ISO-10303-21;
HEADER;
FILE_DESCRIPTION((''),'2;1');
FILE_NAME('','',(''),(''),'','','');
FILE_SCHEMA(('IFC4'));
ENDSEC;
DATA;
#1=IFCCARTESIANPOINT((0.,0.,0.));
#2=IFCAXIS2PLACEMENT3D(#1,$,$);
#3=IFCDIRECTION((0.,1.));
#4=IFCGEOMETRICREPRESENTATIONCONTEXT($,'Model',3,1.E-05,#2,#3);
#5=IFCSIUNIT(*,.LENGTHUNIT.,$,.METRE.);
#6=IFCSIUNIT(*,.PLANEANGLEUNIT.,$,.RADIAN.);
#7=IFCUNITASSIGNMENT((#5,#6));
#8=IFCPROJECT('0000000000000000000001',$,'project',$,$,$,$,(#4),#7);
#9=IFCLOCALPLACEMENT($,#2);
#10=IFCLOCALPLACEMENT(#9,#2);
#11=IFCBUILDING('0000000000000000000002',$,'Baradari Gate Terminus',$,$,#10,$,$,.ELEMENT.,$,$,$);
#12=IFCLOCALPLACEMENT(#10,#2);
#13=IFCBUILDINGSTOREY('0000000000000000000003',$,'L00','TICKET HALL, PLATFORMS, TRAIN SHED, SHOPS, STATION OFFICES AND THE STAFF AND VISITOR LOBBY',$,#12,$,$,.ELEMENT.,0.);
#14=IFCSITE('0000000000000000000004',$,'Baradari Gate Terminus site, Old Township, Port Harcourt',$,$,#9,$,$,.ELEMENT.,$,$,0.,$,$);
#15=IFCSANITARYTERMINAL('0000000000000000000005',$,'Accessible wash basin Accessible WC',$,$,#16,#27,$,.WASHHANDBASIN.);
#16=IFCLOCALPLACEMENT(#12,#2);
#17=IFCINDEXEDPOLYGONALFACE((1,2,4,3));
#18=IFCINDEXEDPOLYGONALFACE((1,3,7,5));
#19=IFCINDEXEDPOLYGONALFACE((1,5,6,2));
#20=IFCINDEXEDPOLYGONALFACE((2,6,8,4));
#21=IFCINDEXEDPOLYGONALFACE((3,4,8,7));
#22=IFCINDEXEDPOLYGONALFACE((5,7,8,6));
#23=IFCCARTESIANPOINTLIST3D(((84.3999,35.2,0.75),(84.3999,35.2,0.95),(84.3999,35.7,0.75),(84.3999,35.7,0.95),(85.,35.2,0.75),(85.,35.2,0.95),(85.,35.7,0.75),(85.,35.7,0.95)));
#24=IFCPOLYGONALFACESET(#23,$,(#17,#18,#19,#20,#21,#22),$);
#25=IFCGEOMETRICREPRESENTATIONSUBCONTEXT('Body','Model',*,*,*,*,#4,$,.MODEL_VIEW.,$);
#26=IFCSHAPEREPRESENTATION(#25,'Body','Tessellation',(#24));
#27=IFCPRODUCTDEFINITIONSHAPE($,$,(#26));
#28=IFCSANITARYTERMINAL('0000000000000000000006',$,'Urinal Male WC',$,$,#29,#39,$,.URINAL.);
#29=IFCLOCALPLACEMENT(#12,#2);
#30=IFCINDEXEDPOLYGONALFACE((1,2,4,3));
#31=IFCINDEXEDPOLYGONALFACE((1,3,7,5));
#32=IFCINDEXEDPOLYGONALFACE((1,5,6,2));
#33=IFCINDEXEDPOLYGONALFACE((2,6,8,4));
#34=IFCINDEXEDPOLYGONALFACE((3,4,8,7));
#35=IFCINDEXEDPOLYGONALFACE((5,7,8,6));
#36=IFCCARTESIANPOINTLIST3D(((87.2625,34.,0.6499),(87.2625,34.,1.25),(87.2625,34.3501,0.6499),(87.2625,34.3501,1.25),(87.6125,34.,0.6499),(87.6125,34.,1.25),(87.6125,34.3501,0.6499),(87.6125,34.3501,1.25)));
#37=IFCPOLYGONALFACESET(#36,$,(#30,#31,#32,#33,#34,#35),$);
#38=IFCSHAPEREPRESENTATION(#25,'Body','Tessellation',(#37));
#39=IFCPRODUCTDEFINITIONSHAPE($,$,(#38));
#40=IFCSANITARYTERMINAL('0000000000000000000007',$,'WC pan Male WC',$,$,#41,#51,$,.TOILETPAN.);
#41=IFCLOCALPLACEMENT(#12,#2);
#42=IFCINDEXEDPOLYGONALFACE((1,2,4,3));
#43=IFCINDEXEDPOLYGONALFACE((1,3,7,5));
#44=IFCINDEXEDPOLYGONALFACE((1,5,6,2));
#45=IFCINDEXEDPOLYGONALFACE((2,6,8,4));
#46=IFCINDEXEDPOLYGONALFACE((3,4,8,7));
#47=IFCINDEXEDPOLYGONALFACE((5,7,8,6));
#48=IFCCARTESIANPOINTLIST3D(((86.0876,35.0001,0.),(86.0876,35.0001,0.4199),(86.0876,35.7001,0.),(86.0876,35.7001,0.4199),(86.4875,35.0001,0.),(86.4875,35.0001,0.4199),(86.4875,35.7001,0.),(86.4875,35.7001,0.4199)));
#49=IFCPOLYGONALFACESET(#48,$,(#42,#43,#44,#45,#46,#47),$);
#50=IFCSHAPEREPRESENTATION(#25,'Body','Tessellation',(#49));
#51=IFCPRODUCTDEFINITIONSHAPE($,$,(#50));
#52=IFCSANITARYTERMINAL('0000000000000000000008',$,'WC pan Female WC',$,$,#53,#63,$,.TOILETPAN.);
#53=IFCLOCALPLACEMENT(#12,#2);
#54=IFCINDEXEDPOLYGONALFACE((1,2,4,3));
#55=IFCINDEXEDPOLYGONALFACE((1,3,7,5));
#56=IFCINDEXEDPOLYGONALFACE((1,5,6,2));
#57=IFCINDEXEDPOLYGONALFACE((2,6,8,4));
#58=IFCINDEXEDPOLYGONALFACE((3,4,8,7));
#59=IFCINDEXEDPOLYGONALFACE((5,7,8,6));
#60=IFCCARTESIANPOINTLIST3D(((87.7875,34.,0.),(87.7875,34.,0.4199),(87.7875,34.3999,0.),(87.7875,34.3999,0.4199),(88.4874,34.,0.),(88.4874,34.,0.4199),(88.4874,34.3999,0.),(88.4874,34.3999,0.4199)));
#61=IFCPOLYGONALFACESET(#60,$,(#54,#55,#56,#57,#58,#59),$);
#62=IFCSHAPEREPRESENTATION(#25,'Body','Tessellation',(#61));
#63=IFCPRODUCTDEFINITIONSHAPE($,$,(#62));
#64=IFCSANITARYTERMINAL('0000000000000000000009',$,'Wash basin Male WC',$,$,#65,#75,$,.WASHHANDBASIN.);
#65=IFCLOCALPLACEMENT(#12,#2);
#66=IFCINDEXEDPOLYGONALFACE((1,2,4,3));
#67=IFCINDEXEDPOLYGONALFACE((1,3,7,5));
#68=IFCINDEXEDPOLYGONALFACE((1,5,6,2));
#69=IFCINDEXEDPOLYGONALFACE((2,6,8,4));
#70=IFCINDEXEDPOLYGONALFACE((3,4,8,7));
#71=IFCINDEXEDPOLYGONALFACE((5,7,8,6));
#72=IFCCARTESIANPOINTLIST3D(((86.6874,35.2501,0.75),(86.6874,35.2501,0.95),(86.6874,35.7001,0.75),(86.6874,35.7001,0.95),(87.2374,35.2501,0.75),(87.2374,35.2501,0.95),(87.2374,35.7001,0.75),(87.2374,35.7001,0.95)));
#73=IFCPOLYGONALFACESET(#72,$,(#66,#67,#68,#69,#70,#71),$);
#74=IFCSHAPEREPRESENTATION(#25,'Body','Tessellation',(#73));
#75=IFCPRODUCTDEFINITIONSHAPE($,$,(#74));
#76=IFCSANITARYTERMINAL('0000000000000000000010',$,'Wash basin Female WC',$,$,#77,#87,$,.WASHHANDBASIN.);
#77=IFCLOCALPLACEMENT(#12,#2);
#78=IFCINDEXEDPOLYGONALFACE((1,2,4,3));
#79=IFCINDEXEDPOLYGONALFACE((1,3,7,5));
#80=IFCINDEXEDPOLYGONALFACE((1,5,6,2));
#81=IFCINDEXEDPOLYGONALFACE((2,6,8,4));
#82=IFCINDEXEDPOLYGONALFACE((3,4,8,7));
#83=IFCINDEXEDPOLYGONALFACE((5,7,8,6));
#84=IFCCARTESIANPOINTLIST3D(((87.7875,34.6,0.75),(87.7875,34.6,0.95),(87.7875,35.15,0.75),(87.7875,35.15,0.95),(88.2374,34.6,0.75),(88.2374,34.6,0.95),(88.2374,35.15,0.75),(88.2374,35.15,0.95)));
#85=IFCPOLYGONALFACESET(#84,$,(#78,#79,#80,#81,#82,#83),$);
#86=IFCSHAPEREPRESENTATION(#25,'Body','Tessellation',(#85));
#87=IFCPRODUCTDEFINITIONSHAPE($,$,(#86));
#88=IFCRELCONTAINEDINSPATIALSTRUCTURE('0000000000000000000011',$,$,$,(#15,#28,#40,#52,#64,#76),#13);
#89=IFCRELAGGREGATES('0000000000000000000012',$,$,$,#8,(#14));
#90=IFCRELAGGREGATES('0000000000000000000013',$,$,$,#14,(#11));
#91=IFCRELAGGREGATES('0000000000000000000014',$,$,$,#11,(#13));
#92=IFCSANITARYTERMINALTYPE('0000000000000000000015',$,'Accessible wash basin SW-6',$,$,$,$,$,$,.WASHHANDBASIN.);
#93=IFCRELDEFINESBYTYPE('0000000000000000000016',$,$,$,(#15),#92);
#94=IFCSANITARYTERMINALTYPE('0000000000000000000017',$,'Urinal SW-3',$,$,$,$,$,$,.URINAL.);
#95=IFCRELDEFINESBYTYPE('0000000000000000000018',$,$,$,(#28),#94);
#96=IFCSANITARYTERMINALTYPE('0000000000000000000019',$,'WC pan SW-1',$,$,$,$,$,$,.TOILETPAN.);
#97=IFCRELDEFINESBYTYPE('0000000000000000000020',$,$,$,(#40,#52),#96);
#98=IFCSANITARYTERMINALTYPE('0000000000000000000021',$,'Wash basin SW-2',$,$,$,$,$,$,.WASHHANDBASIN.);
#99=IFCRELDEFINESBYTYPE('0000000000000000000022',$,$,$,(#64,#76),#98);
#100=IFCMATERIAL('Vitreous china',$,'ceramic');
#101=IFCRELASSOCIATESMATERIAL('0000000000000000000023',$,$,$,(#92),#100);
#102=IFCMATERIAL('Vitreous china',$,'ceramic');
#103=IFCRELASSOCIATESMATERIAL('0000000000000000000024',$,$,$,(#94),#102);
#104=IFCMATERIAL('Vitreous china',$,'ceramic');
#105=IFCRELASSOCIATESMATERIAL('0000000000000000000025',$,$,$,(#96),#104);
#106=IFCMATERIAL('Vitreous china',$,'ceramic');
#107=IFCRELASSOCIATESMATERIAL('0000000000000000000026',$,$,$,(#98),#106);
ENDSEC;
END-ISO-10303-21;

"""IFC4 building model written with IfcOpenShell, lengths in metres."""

from ifc_helpers import new_model, si_unit, direction, frame, origin, origin_2d, place, context, subcontext, project, spatial, rectangle, extrude, material, type_object, element, save


model = new_model("IFC4")

# Units and contexts
model_context = context("Model", 3, precision=1e-05, world=origin(), true_north=direction((0.0, 1.0)))
body_context = subcontext(model_context, "Body", "Model", "MODEL_VIEW")
ifc_project = project(units=[si_unit("LENGTHUNIT", "METRE"), si_unit("PLANEANGLEUNIT", "RADIAN")], contexts=[model_context])

# Site, building, storey
site_placement = place(None, origin())
site = spatial("IfcSite", under=ifc_project, at=site_placement, Name="Baradari Gate Terminus site, Old Township, Port Harcourt", CompositionType="ELEMENT", RefElevation=0.0)
building_placement = place(site_placement, origin())
building = spatial("IfcBuilding", under=site, at=building_placement, Name="Baradari Gate Terminus", CompositionType="ELEMENT")
storey_placement = place(building_placement, origin())
storey = spatial("IfcBuildingStorey", under=building, at=storey_placement, Name="L00", Description="TICKET HALL, PLATFORMS, TRAIN SHED, SHOPS, STATION OFFICES AND THE STAFF AND VISITOR LOBBY", CompositionType="ELEMENT", Elevation=0.0)

# Sanitary terminals
ifc_material_1 = material(Name="Vitreous china", Category="ceramic")
sanitary_terminal_type_1 = type_object("IfcSanitaryTerminalType", Name="Accessible wash basin SW-6", PredefinedType="WASHHANDBASIN", material=ifc_material_1)
sanitary_terminal_1_placement = place(storey_placement, frame((84.7, 35.45, 0.75), z_axis=(0.0, 0.0, 1.0), x_axis=(1.0, 0.0, 0.0)))
element("IfcSanitaryTerminal", 1, at=sanitary_terminal_1_placement, inside=storey, type_object=sanitary_terminal_type_1, Name="Accessible wash basin Accessible WC", PredefinedType="WASHHANDBASIN", context=body_context, shape_type="SweptSolid", body=[
    extrude(rectangle(XDim=0.6001, YDim=0.5, at=origin_2d()), origin(), (0.0, 0.0, 1.0), 0.2),
])
ifc_material_2 = material(Name="Vitreous china", Category="ceramic")
sanitary_terminal_type_2 = type_object("IfcSanitaryTerminalType", Name="Urinal SW-3", PredefinedType="URINAL", material=ifc_material_2)
sanitary_terminal_2_placement = place(storey_placement, frame((87.4375, 34.175, 0.6499), z_axis=(0.0, 0.0, 1.0), x_axis=(1.0, 0.0, 0.0)))
element("IfcSanitaryTerminal", 2, at=sanitary_terminal_2_placement, inside=storey, type_object=sanitary_terminal_type_2, Name="Urinal Male WC", PredefinedType="URINAL", context=body_context, shape_type="SweptSolid", body=[
    extrude(rectangle(XDim=0.3501, YDim=0.3501, at=origin_2d()), origin(), (0.0, 0.0, 1.0), 0.6001),
])
ifc_material_3 = material(Name="Vitreous china", Category="ceramic")
sanitary_terminal_type_3 = type_object("IfcSanitaryTerminalType", Name="WC pan SW-1", PredefinedType="TOILETPAN", material=ifc_material_3)
sanitary_terminal_3_placement = place(storey_placement, frame((86.2876, 35.3501, 0.0), z_axis=(0.0, 0.0, 1.0), x_axis=(1.0, 0.0, 0.0)))
element("IfcSanitaryTerminal", 3, at=sanitary_terminal_3_placement, inside=storey, type_object=sanitary_terminal_type_3, Name="WC pan Male WC", PredefinedType="TOILETPAN", context=body_context, shape_type="SweptSolid", body=[
    extrude(rectangle(XDim=0.3999, YDim=0.7, at=origin_2d()), origin(), (0.0, 0.0, 1.0), 0.4199),
])
sanitary_terminal_4_placement = place(storey_placement, frame((88.1375, 34.2, 0.0), z_axis=(0.0, 0.0, 1.0), x_axis=(1.0, 0.0, 0.0)))
element("IfcSanitaryTerminal", 4, at=sanitary_terminal_4_placement, inside=storey, type_object=sanitary_terminal_type_3, Name="WC pan Female WC", PredefinedType="TOILETPAN", context=body_context, shape_type="SweptSolid", body=[
    extrude(rectangle(XDim=0.7, YDim=0.3999, at=origin_2d()), origin(), (0.0, 0.0, 1.0), 0.4199),
])
ifc_material_4 = material(Name="Vitreous china", Category="ceramic")
sanitary_terminal_type_4 = type_object("IfcSanitaryTerminalType", Name="Wash basin SW-2", PredefinedType="WASHHANDBASIN", material=ifc_material_4)
sanitary_terminal_5_placement = place(storey_placement, frame((86.9624, 35.4751, 0.75), z_axis=(0.0, 0.0, 1.0), x_axis=(1.0, 0.0, 0.0)))
element("IfcSanitaryTerminal", 5, at=sanitary_terminal_5_placement, inside=storey, type_object=sanitary_terminal_type_4, Name="Wash basin Male WC", PredefinedType="WASHHANDBASIN", context=body_context, shape_type="SweptSolid", body=[
    extrude(rectangle(XDim=0.55, YDim=0.45, at=origin_2d()), origin(), (0.0, 0.0, 1.0), 0.2),
])
sanitary_terminal_6_placement = place(storey_placement, frame((88.0125, 34.875, 0.75), z_axis=(0.0, 0.0, 1.0), x_axis=(1.0, 0.0, 0.0)))
element("IfcSanitaryTerminal", 6, at=sanitary_terminal_6_placement, inside=storey, type_object=sanitary_terminal_type_4, Name="Wash basin Female WC", PredefinedType="WASHHANDBASIN", context=body_context, shape_type="SweptSolid", body=[
    extrude(rectangle(XDim=0.45, YDim=0.55, at=origin_2d()), origin(), (0.0, 0.0, 1.0), 0.2),
])

save(model, "model.ifc")
